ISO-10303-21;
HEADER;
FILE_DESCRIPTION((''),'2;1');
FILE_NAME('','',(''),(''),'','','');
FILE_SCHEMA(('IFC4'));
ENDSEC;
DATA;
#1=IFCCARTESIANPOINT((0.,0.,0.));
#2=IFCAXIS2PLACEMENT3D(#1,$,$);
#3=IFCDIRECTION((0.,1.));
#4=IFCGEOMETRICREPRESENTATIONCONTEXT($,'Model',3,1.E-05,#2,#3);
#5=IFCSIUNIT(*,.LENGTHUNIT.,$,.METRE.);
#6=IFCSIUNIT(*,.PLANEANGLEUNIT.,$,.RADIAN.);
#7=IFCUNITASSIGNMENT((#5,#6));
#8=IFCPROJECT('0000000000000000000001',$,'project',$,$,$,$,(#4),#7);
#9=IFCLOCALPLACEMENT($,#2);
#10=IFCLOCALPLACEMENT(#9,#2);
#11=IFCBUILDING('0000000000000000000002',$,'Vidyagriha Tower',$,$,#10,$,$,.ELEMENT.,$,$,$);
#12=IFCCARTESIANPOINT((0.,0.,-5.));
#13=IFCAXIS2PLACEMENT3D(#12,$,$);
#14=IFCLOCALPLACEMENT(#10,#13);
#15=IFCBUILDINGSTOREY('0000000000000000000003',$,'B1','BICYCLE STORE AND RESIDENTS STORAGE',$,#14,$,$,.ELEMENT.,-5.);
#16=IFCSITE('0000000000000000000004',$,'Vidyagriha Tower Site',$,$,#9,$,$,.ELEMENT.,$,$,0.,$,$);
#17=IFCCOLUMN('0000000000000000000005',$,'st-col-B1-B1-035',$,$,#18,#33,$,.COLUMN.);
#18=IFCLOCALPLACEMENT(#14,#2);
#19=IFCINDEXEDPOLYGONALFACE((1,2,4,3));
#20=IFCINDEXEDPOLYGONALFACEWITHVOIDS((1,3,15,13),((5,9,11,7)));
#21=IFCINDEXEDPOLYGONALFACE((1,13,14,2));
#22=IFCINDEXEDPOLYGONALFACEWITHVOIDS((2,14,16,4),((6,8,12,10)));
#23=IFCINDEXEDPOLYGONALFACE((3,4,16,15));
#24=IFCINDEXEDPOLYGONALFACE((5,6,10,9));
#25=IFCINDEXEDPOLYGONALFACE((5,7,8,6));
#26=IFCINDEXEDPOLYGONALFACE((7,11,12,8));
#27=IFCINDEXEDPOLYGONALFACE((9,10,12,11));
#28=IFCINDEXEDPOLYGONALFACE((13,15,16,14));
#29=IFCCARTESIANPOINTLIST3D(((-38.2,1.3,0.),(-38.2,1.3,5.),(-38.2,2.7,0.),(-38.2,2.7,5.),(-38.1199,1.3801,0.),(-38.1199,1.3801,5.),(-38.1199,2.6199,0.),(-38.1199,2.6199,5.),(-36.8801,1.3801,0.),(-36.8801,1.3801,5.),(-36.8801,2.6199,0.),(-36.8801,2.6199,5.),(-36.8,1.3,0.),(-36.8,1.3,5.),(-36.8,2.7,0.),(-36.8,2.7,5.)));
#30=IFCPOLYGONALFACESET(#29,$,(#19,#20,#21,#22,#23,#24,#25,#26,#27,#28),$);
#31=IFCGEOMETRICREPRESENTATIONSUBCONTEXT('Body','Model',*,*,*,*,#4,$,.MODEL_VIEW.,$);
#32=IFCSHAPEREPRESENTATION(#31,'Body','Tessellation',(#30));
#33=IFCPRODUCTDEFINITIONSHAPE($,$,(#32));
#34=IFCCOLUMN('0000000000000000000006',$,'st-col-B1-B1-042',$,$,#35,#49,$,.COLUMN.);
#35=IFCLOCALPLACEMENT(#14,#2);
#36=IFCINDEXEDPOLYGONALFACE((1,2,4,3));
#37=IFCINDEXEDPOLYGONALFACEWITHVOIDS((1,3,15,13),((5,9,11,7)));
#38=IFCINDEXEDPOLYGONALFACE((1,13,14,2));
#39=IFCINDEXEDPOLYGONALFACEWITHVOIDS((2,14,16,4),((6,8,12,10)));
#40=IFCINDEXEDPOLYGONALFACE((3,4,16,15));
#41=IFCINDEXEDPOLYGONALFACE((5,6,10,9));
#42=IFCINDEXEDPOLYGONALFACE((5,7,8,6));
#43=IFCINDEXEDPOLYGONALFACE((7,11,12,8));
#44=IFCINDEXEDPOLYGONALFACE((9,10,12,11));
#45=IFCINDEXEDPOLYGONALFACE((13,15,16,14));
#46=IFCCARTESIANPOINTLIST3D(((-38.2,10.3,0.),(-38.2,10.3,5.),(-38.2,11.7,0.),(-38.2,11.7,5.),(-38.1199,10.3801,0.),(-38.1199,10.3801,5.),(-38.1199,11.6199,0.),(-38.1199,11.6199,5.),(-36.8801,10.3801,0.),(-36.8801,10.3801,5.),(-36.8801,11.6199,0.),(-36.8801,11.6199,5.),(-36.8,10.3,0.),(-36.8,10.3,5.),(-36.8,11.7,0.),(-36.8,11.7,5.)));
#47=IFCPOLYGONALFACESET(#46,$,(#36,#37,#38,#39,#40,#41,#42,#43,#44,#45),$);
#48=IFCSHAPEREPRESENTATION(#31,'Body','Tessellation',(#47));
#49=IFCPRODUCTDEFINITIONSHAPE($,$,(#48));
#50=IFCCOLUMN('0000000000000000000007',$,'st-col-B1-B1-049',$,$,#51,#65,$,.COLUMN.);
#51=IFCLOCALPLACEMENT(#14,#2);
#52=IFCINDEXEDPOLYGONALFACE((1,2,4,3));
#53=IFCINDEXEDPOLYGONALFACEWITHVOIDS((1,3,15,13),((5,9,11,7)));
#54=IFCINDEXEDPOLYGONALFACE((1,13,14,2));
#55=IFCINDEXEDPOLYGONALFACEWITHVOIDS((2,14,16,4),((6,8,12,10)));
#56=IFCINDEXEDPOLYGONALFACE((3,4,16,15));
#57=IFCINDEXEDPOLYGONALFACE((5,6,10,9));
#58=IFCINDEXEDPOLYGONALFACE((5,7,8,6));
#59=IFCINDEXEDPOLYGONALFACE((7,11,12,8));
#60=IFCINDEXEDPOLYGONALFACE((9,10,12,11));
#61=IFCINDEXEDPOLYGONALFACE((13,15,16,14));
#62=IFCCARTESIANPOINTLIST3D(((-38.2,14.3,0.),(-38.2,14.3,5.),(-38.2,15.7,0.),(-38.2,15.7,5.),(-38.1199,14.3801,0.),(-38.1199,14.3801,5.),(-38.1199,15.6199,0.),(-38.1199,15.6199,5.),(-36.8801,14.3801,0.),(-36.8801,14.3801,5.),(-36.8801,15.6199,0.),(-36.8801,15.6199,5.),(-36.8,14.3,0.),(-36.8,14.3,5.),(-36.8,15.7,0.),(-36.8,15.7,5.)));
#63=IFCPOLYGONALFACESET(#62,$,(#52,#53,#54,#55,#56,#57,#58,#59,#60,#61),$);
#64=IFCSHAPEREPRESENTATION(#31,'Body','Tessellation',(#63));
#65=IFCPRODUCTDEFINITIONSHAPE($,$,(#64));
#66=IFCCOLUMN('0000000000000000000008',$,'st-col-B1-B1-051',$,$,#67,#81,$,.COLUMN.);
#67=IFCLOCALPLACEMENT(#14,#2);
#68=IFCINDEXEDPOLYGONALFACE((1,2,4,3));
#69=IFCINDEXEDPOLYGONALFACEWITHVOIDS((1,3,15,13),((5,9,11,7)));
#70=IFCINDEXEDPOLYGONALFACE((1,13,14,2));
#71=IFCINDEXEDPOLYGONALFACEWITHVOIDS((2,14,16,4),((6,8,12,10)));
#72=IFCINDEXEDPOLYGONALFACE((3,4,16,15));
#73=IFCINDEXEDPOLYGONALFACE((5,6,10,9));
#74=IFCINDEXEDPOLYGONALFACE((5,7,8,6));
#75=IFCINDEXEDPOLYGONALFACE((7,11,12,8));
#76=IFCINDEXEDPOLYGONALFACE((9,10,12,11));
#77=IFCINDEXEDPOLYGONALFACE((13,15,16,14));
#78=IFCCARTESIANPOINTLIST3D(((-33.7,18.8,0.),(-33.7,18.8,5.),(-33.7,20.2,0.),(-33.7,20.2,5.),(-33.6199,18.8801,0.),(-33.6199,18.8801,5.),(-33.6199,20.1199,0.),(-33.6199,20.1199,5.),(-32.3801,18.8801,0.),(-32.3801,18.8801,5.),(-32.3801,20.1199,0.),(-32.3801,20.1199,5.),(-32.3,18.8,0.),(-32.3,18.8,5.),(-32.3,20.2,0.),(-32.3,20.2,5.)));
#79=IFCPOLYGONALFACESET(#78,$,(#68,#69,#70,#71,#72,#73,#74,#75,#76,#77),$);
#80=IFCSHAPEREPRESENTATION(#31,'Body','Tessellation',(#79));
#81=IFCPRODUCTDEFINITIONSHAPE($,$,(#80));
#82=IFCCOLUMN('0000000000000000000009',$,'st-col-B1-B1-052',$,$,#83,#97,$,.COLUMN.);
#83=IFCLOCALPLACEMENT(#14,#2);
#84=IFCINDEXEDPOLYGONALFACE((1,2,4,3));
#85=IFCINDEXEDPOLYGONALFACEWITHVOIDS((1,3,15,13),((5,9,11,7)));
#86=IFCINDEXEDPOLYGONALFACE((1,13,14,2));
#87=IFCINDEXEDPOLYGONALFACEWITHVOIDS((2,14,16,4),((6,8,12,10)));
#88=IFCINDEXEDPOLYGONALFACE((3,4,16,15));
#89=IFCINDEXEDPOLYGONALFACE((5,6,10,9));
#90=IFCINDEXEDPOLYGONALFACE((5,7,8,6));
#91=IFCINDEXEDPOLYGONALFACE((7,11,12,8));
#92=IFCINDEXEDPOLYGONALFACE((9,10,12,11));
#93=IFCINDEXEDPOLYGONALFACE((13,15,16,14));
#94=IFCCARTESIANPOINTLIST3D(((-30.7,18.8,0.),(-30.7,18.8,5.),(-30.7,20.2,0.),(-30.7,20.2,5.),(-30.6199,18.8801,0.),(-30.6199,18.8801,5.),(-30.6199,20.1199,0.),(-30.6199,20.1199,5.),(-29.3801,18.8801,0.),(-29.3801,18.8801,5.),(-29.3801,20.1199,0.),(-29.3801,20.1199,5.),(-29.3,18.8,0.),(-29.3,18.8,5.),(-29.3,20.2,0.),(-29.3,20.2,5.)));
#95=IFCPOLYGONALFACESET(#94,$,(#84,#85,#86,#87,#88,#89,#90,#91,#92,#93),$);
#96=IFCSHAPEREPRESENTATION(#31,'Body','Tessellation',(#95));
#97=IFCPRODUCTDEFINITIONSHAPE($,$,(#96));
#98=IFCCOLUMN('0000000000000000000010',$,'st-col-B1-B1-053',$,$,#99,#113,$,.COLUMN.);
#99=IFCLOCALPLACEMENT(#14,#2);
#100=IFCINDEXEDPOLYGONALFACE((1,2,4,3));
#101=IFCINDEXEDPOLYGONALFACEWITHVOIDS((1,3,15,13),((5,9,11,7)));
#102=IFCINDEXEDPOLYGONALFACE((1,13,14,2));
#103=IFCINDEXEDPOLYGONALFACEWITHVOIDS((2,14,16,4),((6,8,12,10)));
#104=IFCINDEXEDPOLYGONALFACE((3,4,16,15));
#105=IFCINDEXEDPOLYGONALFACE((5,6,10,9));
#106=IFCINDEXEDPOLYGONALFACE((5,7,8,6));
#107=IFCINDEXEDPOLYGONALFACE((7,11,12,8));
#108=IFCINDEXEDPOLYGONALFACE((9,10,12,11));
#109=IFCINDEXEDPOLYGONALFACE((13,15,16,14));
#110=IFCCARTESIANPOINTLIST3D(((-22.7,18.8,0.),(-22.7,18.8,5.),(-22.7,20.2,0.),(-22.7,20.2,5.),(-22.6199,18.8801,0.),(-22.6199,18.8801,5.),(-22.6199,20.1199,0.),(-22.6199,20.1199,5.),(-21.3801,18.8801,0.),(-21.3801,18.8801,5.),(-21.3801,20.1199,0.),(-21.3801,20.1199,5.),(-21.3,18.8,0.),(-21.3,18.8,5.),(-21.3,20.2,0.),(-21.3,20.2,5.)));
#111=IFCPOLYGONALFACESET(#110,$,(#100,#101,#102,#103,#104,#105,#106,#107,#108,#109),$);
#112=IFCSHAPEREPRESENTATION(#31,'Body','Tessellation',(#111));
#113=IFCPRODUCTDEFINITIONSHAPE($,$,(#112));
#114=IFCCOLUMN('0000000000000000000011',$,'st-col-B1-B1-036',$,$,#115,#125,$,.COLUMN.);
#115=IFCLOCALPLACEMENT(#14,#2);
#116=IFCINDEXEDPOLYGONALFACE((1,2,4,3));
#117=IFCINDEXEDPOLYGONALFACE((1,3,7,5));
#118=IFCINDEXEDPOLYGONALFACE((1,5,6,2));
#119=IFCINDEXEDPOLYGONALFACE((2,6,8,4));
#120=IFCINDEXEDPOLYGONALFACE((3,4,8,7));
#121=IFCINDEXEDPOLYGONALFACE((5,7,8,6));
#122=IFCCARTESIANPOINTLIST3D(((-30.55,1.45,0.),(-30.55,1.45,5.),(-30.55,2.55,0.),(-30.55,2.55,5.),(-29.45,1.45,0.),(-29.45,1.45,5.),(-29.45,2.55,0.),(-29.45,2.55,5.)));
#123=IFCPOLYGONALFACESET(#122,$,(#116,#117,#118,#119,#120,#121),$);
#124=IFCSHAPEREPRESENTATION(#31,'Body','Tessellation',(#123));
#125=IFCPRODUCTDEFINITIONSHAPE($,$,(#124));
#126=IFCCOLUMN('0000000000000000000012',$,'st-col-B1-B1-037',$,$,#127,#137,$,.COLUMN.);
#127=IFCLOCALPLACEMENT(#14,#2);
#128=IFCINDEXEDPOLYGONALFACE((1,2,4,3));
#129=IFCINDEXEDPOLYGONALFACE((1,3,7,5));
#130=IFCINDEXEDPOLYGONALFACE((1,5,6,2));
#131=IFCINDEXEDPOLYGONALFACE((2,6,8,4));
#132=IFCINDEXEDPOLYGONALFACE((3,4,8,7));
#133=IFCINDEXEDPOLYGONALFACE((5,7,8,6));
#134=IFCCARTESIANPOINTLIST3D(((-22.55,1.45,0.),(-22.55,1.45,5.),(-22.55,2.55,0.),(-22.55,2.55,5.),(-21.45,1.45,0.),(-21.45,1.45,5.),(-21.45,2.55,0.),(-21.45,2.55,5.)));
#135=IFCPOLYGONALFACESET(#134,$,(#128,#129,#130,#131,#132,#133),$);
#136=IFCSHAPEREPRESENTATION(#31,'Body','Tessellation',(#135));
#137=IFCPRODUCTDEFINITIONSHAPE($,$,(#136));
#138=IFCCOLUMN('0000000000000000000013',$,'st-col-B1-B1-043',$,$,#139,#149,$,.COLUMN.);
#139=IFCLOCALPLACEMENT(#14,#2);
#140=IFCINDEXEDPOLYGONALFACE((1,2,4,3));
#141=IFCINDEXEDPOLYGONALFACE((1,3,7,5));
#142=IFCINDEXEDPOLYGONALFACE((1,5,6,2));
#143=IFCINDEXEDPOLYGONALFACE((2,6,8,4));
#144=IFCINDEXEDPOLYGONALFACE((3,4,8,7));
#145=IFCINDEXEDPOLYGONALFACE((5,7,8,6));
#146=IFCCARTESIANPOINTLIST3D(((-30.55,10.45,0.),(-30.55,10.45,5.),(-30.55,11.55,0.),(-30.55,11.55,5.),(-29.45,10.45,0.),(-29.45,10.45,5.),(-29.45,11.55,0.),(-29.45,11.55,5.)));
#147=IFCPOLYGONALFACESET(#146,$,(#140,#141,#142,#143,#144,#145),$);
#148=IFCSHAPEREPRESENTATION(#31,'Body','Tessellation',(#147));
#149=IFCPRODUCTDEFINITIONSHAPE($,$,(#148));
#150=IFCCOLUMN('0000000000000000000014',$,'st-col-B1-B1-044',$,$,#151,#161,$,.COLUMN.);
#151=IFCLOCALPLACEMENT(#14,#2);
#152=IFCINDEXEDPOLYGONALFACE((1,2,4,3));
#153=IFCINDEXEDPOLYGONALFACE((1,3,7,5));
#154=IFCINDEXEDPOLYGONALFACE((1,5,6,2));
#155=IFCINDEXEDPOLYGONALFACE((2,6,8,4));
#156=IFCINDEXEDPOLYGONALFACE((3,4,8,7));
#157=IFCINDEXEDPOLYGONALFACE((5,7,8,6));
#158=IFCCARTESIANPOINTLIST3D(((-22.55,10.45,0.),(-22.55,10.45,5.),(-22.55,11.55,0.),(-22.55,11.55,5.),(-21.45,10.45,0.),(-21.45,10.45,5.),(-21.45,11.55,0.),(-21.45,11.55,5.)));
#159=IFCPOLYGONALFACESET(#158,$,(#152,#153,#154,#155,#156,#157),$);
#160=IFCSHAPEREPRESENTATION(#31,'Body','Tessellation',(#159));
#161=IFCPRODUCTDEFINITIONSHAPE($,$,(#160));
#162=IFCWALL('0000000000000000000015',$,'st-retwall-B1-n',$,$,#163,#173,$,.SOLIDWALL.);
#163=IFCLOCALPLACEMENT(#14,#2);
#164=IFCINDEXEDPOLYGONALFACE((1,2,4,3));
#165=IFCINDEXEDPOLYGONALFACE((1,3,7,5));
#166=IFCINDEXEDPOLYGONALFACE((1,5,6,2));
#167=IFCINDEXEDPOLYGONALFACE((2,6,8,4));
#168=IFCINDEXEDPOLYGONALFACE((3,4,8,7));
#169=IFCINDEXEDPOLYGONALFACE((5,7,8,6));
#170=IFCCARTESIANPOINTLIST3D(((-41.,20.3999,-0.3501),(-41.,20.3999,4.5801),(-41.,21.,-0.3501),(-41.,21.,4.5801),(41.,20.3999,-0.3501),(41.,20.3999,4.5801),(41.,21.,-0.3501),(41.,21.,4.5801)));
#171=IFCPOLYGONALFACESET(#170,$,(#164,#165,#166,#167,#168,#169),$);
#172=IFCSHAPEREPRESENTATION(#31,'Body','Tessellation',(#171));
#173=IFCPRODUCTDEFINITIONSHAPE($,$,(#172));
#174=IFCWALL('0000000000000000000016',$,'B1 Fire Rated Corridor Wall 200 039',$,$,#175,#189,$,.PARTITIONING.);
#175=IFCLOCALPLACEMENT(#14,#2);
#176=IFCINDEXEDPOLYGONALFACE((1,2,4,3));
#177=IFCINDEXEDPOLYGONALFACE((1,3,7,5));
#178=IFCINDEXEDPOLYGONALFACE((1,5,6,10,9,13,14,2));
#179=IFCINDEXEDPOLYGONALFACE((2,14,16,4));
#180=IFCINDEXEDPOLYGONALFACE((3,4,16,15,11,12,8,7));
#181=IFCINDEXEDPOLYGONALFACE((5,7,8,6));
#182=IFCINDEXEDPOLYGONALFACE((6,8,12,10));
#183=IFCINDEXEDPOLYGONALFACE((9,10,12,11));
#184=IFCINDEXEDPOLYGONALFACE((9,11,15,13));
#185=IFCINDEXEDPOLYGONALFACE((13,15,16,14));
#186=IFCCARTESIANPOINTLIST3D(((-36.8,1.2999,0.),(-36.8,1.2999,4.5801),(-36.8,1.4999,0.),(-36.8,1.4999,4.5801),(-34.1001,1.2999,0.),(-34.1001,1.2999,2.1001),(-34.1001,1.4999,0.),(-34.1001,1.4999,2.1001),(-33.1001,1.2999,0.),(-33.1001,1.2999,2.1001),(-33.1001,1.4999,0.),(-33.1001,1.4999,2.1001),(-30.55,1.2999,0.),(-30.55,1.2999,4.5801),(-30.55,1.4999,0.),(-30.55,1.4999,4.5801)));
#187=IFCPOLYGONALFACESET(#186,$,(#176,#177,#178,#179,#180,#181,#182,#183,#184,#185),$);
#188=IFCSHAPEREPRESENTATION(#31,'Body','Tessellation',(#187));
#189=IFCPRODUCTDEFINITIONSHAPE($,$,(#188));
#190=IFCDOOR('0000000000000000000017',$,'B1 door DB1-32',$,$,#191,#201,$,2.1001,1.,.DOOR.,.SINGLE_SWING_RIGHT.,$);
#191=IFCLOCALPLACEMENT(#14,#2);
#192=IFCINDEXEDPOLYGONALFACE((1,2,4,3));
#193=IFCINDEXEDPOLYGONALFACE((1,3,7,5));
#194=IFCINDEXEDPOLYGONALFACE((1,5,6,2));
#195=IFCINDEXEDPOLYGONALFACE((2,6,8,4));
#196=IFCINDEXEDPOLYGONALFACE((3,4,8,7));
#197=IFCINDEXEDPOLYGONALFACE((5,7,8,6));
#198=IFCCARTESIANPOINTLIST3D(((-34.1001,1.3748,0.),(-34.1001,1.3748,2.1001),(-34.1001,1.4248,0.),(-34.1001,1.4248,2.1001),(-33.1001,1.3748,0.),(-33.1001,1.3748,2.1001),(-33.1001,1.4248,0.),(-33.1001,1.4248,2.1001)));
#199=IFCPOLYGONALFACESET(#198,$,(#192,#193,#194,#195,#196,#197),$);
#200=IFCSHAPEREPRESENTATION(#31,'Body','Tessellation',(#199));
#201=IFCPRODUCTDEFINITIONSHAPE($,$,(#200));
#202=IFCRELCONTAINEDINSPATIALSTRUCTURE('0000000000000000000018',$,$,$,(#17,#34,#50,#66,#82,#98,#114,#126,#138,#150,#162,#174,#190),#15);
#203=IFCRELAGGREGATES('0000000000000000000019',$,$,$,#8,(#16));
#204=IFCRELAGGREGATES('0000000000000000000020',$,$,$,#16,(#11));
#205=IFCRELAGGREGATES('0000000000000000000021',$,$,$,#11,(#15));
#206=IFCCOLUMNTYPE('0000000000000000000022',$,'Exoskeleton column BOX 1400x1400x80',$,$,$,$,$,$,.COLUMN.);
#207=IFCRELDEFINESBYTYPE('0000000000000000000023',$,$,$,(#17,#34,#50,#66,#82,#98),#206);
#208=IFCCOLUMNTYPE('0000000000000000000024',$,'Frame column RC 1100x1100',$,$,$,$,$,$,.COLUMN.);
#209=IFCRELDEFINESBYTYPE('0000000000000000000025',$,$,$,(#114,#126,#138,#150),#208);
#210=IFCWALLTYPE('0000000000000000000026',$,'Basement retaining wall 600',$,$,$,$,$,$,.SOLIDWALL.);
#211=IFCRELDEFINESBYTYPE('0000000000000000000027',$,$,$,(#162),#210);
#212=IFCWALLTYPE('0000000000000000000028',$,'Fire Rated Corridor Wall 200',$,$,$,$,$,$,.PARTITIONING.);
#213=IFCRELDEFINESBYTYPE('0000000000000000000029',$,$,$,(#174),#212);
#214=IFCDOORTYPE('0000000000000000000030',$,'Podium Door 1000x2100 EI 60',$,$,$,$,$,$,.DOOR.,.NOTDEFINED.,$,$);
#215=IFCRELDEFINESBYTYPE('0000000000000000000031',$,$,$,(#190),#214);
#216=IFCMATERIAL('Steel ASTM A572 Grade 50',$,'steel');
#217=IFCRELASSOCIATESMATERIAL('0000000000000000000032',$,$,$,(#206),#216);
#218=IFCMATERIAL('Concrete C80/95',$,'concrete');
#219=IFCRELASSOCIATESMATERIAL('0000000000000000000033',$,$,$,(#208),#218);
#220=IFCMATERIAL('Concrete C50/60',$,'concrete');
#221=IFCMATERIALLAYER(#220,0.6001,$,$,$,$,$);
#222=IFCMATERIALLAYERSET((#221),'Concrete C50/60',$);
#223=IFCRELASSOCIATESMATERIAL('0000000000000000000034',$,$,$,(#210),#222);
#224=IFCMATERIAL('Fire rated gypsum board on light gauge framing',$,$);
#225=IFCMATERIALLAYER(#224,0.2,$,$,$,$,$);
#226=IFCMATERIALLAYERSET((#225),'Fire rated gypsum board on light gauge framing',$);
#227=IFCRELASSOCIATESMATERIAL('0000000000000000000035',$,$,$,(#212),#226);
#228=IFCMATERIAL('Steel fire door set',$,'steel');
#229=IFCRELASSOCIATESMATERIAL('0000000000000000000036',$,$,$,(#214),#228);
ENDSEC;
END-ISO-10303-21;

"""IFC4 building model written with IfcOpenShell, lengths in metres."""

from ifc_helpers import new_model, si_unit, direction, frame, frame_2d, origin, origin_2d, place, context, subcontext, project, spatial, rectangle, hollow_rectangle, extrude, material, layer, layer_set, material_profile, profile_set, type_object, element, fill, save


model = new_model("IFC4")

# Units and contexts
model_context = context("Model", 3, precision=1e-05, world=origin(), true_north=direction((0.0, 1.0)))
body_context = subcontext(model_context, "Body", "Model", "MODEL_VIEW")
ifc_project = project(units=[si_unit("LENGTHUNIT", "METRE"), si_unit("PLANEANGLEUNIT", "RADIAN")], contexts=[model_context])

# Site, building, storey
site_placement = place(None, origin())
site = spatial("IfcSite", under=ifc_project, at=site_placement, Name="Vidyagriha Tower Site", CompositionType="ELEMENT", RefElevation=0.0)
building_placement = place(site_placement, origin())
building = spatial("IfcBuilding", under=site, at=building_placement, Name="Vidyagriha Tower", CompositionType="ELEMENT")
storey_placement = place(building_placement, frame((0.0, 0.0, -5.0)))
storey = spatial("IfcBuildingStorey", under=building, at=storey_placement, Name="B1", Description="BICYCLE STORE AND RESIDENTS STORAGE", CompositionType="ELEMENT", Elevation=-5.0)

# Columns
ifc_material_1 = material(Name="Steel ASTM A572 Grade 50", Category="steel")
ifc_material_profile_1 = material_profile(ifc_material_1, hollow_rectangle(XDim=1.3999, YDim=1.3999, WallThickness=0.0801, at=origin_2d()), Name="BOX 1400x1400x80")
ifc_profile_set_1 = profile_set([ifc_material_profile_1], Name="Steel ASTM A572 Grade 50")
column_type_1 = type_object("IfcColumnType", Name="Exoskeleton column BOX 1400x1400x80", PredefinedType="COLUMN", material=ifc_profile_set_1)
for number, where, name in (
    (1, (-37.5, 2.0, 0.0), "st-col-B1-B1-035"),
    (2, (-37.5, 11.0, 0.0), "st-col-B1-B1-042"),
    (3, (-37.5, 15.0, 0.0), "st-col-B1-B1-049"),
    (4, (-33.0, 19.5, 0.0), "st-col-B1-B1-051"),
    (5, (-30.0, 19.5, 0.0), "st-col-B1-B1-052"),
    (6, (-22.0, 19.5, 0.0), "st-col-B1-B1-053"),
):
    element("IfcColumn", number, at=place(storey_placement, frame(where)), inside=storey, type_object=column_type_1, Name=name, PredefinedType="COLUMN", context=body_context, shape_type="SweptSolid", body=[
        extrude(hollow_rectangle(XDim=1.3999, YDim=1.3999, WallThickness=0.0801, at=origin_2d()), origin(), (0.0, 0.0, 1.0), 5.0),
    ])
ifc_material_2 = material(Name="Concrete C80/95", Category="concrete")
ifc_material_profile_2 = material_profile(ifc_material_2, rectangle(XDim=1.1001, YDim=1.1001, at=origin_2d()), Name="RC 1100x1100")
ifc_profile_set_2 = profile_set([ifc_material_profile_2], Name="Concrete C80/95")
column_type_2 = type_object("IfcColumnType", Name="Frame column RC 1100x1100", PredefinedType="COLUMN", material=ifc_profile_set_2)
for number, where, name in (
    (7, (-30.0, 2.0, 0.0), "st-col-B1-B1-036"),
    (8, (-22.0, 2.0, 0.0), "st-col-B1-B1-037"),
    (9, (-30.0, 11.0, 0.0), "st-col-B1-B1-043"),
    (10, (-22.0, 11.0, 0.0), "st-col-B1-B1-044"),
):
    element("IfcColumn", number, at=place(storey_placement, frame(where)), inside=storey, type_object=column_type_2, Name=name, PredefinedType="COLUMN", context=body_context, shape_type="SweptSolid", body=[
        extrude(rectangle(XDim=1.1001, YDim=1.1001, at=origin_2d()), origin(), (0.0, 0.0, 1.0), 5.0),
    ])

# Wall
ifc_material_3 = material(Name="Concrete C50/60", Category="concrete")
ifc_layer_1 = layer(ifc_material_3, 0.6001)
ifc_layer_set_1 = layer_set([ifc_layer_1], Name="Concrete C50/60")
wall_type_1 = type_object("IfcWallType", Name="Basement retaining wall 600", PredefinedType="SOLIDWALL", material=ifc_layer_set_1)
wall_1_placement = place(storey_placement, frame((-41.0, 20.7, -0.3501)))
element("IfcWall", 11, at=wall_1_placement, inside=storey, type_object=wall_type_1, Name="st-retwall-B1-n", PredefinedType="SOLIDWALL", context=body_context, shape_type="SweptSolid", body=[
    extrude(rectangle(XDim=82.0, YDim=0.6001, at=frame_2d((41.0, 0.0))), origin(), (0.0, 0.0, 1.0), 4.9302),
])

# Wall, opening, door
ifc_material_4 = material(Name="Fire rated gypsum board on light gauge framing")
ifc_layer_2 = layer(ifc_material_4, 0.2)
ifc_layer_set_2 = layer_set([ifc_layer_2], Name="Fire rated gypsum board on light gauge framing")
wall_type_2 = type_object("IfcWallType", Name="Fire Rated Corridor Wall 200", PredefinedType="PARTITIONING", material=ifc_layer_set_2)
wall_2_placement = place(storey_placement, frame((-36.8, 1.3999, 0.0)))
wall_2 = element("IfcWall", 12, at=wall_2_placement, inside=storey, type_object=wall_type_2, Name="B1 Fire Rated Corridor Wall 200 039", PredefinedType="PARTITIONING", context=body_context, shape_type="SweptSolid", body=[
    extrude(rectangle(XDim=6.25, YDim=0.2, at=frame_2d((3.125, 0.0))), origin(), (0.0, 0.0, 1.0), 4.5801),
])
opening_1_placement = place(wall_2_placement, frame((2.7, 0.0, 0.0)))
opening_1 = element("IfcOpeningElement", 13, at=opening_1_placement, cuts=wall_2, PredefinedType="OPENING", context=body_context, shape_type="SweptSolid", body=[
    extrude(rectangle(XDim=1.0, YDim=2.1001, at=frame_2d((0.5, 1.05))), frame((0.0, 0.1099, 0.0), z_axis=(0.0, -1.0, 0.0), x_axis=(1.0, 0.0, 0.0)), (0.0, 0.0, 1.0), 0.22),
])
ifc_material_5 = material(Name="Steel fire door set", Category="steel")
door_type_1 = type_object("IfcDoorType", Name="Podium Door 1000x2100 EI 60", OperationType="NOTDEFINED", PredefinedType="DOOR", material=ifc_material_5)
door_1_placement = place(opening_1_placement, origin())
door_1 = element("IfcDoor", 14, at=door_1_placement, inside=storey, type_object=door_type_1, Name="B1 door DB1-32", OperationType="SINGLE_SWING_RIGHT", OverallHeight=2.1001, OverallWidth=1.0, PredefinedType="DOOR", context=body_context, shape_type="SweptSolid", body=[
    extrude(rectangle(XDim=1.0, YDim=2.1001, at=frame_2d((0.5, 1.05))), frame((0.0, 0.0249, 0.0), z_axis=(0.0, -1.0, 0.0), x_axis=(1.0, 0.0, 0.0)), (0.0, 0.0, 1.0), 0.05),
])
fill(opening_1, door_1)

save(model, "model.ifc")
